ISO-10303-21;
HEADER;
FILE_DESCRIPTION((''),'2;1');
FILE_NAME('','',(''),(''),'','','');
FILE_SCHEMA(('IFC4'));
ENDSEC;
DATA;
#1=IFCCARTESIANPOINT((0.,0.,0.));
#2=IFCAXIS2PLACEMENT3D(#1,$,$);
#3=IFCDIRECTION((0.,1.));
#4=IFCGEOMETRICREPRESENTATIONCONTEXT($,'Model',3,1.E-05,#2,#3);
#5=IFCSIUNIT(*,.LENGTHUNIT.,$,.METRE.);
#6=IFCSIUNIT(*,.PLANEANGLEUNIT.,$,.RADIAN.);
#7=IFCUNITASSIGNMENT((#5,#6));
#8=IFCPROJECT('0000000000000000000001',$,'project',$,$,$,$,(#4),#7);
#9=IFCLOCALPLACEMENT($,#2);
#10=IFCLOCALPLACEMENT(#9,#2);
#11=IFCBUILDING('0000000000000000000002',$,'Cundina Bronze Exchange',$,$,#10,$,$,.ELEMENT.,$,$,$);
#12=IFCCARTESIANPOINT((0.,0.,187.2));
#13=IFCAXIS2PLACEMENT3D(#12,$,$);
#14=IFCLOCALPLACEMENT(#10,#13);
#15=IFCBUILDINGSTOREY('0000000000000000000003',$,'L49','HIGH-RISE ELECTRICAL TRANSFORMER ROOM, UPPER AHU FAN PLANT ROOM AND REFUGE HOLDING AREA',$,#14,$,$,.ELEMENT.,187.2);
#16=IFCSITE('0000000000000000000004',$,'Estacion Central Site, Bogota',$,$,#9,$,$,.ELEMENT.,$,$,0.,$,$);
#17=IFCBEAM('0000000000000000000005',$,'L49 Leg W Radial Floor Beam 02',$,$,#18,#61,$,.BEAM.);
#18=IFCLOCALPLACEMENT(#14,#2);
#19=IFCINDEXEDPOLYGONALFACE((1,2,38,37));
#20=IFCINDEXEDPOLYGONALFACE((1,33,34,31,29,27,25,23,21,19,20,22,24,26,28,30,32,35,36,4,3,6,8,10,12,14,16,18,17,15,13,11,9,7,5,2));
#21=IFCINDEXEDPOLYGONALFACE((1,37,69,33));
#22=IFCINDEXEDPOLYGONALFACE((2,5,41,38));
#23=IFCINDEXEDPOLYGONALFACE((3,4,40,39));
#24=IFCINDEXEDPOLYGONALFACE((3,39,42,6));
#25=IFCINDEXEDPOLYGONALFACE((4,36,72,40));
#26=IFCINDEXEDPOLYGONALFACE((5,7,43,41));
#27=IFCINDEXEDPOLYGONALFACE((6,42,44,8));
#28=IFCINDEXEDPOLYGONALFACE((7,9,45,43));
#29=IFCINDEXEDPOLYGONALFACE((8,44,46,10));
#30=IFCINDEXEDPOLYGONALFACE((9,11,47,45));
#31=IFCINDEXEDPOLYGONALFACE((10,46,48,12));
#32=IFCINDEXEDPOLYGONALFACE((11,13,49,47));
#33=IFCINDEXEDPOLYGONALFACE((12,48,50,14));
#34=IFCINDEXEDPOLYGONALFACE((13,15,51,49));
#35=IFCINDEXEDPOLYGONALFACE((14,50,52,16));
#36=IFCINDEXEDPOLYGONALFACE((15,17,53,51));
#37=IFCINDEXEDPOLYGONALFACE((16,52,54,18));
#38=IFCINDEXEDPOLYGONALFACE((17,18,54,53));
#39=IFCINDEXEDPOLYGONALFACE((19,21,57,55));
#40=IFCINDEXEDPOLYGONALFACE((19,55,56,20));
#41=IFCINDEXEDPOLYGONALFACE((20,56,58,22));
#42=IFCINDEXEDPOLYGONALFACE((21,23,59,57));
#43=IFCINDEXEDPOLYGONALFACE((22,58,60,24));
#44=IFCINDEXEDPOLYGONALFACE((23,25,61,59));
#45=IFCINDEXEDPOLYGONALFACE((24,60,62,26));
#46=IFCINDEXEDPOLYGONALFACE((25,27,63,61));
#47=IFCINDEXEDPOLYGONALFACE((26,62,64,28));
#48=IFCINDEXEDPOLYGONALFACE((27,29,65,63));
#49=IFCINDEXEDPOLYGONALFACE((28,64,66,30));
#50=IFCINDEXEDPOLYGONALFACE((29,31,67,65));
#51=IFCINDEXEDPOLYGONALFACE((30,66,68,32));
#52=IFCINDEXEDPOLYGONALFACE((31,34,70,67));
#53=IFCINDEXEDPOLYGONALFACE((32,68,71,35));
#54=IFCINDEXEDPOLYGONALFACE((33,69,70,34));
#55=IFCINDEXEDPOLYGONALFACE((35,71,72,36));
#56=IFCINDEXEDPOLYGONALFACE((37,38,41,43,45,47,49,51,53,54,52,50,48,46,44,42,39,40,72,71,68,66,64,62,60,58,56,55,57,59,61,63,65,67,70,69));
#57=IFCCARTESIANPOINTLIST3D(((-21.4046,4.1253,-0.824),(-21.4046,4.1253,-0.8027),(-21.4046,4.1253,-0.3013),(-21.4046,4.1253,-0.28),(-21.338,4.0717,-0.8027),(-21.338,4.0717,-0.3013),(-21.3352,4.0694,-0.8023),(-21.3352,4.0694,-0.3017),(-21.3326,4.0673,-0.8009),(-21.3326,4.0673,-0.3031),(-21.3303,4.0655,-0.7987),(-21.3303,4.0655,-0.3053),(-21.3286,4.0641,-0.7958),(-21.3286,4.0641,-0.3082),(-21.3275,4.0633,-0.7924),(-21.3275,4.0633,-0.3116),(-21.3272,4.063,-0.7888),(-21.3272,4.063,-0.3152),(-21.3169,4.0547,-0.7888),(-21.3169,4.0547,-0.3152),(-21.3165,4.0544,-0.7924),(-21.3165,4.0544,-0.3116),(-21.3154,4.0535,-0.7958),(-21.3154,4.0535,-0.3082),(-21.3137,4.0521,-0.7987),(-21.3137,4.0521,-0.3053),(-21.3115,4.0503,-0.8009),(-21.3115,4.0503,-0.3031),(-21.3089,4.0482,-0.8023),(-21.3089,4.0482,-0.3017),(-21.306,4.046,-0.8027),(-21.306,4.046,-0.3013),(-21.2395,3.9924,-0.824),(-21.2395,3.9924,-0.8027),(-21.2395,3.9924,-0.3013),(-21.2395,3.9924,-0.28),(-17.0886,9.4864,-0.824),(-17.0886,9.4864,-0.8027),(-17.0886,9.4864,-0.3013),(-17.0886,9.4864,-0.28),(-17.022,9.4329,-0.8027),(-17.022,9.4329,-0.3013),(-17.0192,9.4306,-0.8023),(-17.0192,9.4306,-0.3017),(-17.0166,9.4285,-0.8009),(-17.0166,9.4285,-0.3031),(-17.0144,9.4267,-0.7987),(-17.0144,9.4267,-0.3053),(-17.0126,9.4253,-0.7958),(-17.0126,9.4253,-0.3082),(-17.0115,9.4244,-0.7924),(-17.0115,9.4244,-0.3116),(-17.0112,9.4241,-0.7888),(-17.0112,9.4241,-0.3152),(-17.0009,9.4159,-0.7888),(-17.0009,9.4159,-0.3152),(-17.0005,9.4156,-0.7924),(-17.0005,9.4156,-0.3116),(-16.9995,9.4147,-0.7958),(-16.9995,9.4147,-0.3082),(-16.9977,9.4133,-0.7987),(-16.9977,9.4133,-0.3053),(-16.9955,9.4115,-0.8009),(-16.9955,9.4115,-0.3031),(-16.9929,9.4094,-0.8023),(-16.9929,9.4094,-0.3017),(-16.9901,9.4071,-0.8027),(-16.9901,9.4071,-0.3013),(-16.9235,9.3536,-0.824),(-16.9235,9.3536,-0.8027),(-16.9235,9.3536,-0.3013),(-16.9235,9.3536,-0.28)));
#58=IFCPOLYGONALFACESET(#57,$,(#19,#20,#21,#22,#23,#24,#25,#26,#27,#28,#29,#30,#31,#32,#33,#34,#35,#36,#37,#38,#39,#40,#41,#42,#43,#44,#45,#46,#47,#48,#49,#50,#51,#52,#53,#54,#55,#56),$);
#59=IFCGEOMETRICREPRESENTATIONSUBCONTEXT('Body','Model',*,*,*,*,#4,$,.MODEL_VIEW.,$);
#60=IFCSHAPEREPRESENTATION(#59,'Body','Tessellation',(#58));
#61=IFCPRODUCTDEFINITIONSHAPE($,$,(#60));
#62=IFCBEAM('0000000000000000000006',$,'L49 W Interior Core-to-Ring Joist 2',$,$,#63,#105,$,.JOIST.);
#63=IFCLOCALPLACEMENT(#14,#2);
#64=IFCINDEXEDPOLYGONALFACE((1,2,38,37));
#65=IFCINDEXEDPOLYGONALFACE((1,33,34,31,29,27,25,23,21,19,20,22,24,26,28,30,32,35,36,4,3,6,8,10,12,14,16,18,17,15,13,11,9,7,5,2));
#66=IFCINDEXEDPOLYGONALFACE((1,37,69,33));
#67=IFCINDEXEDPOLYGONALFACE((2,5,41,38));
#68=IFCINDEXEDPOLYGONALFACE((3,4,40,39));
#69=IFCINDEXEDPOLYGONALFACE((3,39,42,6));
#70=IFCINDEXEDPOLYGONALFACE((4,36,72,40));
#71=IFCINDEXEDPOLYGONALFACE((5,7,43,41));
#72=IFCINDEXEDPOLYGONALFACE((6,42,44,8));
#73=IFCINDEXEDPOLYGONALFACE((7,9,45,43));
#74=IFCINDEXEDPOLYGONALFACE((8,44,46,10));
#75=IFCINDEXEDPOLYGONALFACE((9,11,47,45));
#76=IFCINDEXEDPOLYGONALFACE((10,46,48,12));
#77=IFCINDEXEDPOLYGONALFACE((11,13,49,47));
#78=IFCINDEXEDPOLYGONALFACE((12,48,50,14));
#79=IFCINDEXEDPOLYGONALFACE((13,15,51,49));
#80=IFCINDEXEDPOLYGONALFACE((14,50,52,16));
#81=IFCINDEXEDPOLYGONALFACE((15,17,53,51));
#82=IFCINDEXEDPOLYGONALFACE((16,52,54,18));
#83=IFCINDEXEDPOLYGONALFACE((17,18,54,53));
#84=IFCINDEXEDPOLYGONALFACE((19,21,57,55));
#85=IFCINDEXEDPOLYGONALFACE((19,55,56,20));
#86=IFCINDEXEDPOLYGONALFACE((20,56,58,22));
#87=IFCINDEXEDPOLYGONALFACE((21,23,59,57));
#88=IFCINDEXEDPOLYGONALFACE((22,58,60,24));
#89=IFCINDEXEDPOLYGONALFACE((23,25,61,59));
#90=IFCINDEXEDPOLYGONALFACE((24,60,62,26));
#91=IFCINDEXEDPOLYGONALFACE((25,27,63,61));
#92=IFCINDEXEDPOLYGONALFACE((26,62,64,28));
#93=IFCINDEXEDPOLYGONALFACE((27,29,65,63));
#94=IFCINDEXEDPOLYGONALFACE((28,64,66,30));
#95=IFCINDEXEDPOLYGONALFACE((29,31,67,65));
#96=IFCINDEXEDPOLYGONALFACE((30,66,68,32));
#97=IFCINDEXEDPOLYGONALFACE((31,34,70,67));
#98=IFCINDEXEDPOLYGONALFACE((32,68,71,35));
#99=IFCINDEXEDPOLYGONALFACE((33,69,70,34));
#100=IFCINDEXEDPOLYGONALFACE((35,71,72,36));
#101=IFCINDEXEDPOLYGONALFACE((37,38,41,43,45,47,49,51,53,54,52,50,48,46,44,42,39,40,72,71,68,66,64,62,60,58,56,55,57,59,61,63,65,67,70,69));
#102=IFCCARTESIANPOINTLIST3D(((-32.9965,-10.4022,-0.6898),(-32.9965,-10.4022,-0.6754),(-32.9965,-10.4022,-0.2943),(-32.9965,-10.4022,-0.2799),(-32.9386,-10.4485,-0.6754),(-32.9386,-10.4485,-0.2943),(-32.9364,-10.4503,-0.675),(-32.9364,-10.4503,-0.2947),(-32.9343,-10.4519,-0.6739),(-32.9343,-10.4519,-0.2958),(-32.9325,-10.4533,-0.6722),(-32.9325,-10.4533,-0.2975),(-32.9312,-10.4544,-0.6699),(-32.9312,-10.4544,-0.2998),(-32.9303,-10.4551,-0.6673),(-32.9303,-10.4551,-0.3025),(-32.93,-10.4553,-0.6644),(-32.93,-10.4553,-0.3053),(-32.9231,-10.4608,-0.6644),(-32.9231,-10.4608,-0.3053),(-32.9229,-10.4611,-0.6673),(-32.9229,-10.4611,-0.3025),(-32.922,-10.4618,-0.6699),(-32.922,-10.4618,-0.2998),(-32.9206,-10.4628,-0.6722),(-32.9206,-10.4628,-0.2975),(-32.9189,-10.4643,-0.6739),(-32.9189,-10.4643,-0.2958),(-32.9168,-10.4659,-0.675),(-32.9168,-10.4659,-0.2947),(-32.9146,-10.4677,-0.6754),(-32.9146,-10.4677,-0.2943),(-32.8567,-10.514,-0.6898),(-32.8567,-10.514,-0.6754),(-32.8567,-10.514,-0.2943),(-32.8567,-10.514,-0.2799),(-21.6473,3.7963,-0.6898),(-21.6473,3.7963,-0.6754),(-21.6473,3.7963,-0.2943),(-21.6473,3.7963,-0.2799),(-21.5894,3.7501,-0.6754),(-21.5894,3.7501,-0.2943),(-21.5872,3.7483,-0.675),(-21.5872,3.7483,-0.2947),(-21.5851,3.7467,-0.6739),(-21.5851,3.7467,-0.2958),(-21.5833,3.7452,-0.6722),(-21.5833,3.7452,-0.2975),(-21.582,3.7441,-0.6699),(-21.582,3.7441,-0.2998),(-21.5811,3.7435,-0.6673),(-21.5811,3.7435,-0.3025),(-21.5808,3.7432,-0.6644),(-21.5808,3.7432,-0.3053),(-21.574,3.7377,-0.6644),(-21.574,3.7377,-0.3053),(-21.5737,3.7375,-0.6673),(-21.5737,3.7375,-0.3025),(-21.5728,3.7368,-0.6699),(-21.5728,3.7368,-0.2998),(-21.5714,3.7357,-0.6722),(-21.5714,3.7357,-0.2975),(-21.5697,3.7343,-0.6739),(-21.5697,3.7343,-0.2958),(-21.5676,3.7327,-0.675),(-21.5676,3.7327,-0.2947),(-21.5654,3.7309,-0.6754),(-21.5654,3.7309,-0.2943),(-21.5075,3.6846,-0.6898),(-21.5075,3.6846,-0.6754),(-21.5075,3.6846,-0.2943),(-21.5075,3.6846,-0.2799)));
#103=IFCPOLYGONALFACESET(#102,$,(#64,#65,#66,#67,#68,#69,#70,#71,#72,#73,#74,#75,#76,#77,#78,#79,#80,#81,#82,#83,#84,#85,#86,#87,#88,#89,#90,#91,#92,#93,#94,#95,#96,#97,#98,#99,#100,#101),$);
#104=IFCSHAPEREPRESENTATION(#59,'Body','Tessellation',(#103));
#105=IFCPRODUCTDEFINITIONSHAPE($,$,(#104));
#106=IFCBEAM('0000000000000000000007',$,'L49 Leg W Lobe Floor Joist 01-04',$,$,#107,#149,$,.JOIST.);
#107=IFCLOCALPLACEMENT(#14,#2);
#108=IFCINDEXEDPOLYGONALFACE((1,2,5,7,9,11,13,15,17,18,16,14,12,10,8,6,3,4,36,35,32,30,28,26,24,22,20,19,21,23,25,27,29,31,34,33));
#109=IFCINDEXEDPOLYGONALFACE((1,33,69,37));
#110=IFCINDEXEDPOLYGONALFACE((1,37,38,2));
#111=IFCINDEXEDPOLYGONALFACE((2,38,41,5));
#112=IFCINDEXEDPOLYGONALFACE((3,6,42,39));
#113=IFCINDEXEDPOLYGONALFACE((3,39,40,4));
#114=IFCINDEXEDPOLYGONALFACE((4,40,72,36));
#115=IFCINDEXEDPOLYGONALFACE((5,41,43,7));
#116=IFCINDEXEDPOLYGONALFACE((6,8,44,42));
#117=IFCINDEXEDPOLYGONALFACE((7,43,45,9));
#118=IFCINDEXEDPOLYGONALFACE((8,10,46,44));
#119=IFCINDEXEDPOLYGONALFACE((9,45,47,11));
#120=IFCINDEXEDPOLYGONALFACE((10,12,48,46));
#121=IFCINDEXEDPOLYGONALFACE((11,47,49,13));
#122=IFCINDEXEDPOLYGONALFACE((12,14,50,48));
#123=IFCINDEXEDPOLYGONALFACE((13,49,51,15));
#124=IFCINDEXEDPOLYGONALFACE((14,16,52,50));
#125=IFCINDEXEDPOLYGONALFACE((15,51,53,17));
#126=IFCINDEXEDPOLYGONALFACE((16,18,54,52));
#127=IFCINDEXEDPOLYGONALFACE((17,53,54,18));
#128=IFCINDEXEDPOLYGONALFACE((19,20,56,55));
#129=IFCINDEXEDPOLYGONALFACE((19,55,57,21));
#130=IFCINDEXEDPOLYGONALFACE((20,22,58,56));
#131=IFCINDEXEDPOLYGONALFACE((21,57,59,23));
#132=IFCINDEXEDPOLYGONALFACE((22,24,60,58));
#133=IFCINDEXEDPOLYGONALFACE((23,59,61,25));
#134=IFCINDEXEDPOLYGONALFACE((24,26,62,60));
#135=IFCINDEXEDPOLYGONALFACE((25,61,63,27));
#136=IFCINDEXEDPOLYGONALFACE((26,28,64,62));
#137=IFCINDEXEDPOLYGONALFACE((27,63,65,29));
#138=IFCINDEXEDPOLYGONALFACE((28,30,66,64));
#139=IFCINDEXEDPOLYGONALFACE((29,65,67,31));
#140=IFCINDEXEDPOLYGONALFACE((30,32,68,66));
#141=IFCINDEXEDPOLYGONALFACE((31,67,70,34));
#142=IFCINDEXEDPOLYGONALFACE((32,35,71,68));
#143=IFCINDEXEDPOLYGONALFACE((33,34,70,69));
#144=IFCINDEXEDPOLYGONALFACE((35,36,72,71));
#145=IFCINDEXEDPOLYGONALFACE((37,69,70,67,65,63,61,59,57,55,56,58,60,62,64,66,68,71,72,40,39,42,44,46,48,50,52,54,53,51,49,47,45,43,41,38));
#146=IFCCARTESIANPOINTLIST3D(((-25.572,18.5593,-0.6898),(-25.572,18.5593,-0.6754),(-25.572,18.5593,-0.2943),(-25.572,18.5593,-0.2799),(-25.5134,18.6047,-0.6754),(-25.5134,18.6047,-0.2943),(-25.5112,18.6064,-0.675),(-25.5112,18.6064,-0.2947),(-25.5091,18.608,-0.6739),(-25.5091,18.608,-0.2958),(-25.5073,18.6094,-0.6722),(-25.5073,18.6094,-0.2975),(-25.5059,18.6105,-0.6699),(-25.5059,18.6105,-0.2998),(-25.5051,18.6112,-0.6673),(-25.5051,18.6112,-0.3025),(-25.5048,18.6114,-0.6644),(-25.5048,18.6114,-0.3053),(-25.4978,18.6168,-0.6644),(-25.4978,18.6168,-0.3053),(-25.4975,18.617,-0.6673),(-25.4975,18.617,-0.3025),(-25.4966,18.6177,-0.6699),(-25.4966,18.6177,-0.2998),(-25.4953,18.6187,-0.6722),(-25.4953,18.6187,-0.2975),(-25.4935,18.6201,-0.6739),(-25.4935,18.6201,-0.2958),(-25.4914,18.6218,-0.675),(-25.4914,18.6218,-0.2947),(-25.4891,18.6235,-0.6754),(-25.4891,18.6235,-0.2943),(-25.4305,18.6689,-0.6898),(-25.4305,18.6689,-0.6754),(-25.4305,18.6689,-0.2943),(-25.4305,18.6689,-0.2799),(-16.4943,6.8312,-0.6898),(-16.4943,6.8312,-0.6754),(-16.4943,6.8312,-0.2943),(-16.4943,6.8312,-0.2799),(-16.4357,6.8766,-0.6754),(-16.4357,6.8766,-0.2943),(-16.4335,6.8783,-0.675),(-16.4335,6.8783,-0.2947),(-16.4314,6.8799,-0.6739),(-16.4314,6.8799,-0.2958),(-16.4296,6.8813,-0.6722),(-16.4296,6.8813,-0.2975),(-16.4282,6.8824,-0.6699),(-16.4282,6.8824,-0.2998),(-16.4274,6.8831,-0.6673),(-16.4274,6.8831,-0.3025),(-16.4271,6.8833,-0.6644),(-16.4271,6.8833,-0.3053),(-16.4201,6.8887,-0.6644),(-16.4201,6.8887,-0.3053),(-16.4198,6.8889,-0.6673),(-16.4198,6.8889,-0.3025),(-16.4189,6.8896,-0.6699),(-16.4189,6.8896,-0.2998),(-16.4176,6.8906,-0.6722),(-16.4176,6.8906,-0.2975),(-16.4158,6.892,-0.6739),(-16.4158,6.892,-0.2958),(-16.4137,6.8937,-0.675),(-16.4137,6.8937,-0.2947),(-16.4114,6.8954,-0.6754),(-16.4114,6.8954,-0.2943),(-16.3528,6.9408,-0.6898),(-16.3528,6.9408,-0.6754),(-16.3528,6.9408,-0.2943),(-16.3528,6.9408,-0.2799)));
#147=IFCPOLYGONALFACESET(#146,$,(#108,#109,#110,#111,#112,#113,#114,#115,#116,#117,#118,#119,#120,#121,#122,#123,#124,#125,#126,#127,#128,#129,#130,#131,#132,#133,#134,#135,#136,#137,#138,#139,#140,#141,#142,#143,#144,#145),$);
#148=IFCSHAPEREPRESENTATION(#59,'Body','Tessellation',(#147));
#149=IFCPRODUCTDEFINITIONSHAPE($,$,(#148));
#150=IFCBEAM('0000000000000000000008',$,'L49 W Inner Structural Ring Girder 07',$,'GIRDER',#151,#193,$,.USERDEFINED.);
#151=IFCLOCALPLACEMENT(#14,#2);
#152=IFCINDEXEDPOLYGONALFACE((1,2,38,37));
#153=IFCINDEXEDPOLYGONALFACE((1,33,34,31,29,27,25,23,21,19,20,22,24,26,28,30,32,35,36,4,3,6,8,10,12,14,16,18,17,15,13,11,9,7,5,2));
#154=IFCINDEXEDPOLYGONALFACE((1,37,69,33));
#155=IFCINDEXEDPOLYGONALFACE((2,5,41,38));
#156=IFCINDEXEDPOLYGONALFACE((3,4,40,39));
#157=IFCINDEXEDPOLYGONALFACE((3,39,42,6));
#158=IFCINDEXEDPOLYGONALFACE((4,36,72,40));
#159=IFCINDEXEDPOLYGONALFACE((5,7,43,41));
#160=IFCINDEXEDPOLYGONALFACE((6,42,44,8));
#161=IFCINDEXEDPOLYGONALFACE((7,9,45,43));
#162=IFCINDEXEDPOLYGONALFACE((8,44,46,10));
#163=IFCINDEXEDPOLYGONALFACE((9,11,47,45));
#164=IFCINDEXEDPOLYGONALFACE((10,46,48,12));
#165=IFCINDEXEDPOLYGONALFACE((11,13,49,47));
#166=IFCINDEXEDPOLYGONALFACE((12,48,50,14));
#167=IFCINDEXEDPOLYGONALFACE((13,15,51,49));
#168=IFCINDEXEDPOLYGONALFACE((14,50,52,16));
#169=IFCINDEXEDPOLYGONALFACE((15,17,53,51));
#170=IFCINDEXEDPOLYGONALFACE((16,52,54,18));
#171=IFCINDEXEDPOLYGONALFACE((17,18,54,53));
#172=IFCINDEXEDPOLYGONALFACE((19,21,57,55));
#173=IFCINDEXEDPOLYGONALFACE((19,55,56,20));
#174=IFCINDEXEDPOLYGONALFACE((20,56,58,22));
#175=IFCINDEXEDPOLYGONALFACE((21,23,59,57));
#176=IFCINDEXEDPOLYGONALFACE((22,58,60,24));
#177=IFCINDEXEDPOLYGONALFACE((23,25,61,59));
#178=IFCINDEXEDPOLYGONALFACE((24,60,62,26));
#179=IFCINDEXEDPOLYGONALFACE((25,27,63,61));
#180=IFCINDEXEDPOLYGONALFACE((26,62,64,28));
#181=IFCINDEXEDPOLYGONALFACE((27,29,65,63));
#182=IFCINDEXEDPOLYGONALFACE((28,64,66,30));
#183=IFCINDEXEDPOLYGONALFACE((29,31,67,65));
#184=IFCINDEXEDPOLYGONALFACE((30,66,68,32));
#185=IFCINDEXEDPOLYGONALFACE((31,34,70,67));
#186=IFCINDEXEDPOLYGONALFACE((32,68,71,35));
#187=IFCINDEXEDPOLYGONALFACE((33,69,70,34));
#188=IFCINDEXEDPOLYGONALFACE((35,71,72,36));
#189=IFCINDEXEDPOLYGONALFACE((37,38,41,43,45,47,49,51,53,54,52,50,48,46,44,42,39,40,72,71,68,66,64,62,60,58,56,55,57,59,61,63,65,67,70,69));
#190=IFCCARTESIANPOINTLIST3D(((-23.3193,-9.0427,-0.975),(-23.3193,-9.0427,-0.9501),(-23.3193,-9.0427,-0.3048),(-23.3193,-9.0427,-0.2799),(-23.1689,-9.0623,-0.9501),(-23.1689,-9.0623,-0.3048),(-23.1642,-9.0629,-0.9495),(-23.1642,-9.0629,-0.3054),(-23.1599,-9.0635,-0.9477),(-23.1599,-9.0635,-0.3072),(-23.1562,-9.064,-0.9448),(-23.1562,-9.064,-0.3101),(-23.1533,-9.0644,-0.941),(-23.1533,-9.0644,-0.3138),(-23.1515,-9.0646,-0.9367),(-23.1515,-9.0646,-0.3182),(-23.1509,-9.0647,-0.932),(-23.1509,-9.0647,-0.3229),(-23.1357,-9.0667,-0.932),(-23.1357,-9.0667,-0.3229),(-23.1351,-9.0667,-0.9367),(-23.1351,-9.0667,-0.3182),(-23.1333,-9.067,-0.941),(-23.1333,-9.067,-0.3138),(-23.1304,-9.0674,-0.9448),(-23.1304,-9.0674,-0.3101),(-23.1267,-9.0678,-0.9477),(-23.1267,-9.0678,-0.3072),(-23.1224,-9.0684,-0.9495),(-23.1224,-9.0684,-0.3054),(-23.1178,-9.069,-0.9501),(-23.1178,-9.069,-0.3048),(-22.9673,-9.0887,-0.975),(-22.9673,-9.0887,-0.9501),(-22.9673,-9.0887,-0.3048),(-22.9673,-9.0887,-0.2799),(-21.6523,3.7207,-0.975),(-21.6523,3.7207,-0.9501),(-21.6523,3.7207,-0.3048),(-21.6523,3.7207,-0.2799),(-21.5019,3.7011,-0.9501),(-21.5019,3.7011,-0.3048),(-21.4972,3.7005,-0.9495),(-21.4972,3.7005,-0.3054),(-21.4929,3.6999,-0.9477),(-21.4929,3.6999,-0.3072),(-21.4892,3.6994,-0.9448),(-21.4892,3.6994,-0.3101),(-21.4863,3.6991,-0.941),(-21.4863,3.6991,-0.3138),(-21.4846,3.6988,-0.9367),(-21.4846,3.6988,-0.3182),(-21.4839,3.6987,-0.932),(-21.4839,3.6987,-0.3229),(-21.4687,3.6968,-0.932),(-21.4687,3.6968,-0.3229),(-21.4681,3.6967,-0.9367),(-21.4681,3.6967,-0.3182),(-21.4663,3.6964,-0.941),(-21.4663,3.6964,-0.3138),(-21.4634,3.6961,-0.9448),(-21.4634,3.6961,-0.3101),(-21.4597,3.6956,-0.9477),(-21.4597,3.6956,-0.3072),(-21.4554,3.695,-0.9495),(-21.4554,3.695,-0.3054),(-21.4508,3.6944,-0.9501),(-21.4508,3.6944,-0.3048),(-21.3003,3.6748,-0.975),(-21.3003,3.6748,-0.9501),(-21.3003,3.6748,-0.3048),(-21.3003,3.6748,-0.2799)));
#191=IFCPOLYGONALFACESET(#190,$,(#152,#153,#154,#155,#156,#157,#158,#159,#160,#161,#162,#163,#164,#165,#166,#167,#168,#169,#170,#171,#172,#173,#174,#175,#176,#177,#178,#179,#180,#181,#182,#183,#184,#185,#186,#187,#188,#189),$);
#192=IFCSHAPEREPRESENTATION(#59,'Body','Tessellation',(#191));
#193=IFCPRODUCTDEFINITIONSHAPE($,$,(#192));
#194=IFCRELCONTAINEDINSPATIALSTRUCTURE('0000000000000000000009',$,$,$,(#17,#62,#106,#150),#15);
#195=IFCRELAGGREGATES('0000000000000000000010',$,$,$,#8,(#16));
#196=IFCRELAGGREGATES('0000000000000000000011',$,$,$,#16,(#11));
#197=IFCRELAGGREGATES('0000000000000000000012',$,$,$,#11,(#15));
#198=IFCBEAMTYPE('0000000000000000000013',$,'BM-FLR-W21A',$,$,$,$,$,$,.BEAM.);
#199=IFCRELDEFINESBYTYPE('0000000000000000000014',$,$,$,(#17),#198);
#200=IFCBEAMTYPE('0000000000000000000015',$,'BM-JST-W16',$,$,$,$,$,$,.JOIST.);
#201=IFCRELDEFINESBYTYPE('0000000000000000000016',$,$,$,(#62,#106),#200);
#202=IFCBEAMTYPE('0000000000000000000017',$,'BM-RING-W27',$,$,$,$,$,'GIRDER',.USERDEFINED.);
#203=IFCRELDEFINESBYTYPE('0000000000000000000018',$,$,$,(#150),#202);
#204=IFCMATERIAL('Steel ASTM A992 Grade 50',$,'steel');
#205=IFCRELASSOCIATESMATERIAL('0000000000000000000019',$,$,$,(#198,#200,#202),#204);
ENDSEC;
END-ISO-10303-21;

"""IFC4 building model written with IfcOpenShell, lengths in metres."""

from ifc_helpers import new_model, si_unit, direction, frame, origin, origin_2d, place, context, subcontext, project, spatial, i_section, extrude, material, material_profile, profile_set, type_object, element, save


model = new_model("IFC4")

# Units and contexts
model_context = context("Model", 3, precision=1e-05, world=origin(), true_north=direction((0.0, 1.0)))
body_context = subcontext(model_context, "Body", "Model", "MODEL_VIEW")
ifc_project = project(units=[si_unit("LENGTHUNIT", "METRE"), si_unit("PLANEANGLEUNIT", "RADIAN")], contexts=[model_context])

# Site, building, storey
site_placement = place(None, origin())
site = spatial("IfcSite", under=ifc_project, at=site_placement, Name="Estacion Central Site, Bogota", CompositionType="ELEMENT", RefElevation=0.0)
building_placement = place(site_placement, origin())
building = spatial("IfcBuilding", under=site, at=building_placement, Name="Cundina Bronze Exchange", CompositionType="ELEMENT")
storey_placement = place(building_placement, frame((0.0, 0.0, 187.2)))
storey = spatial("IfcBuildingStorey", under=building, at=storey_placement, Name="L49", Description="HIGH-RISE ELECTRICAL TRANSFORMER ROOM, UPPER AHU FAN PLANT ROOM AND REFUGE HOLDING AREA", CompositionType="ELEMENT", Elevation=187.2)

# Shared definitions
ifc_material_1 = material(Name="Steel ASTM A992 Grade 50", Category="steel")

# Beams
ifc_material_profile_1 = material_profile(ifc_material_1, i_section(OverallWidth=0.2119, OverallDepth=0.5439, WebThickness=0.0132, FlangeThickness=0.0212, FilletRadius=0.0139, at=origin_2d()), Name="W21X83", Category="steel")
ifc_profile_set_1 = profile_set([ifc_material_profile_1], Name="Steel ASTM A992 Grade 50")
beam_type_1 = type_object("IfcBeamType", Name="BM-FLR-W21A", PredefinedType="BEAM", material=ifc_profile_set_1)
beam_1_placement = place(storey_placement, frame((-21.322, 4.0588, -0.552), z_axis=(0.627089, 0.778948, 0.0), x_axis=(-0.778948, 0.627089, 0.0)))
element("IfcBeam", 1, at=beam_1_placement, inside=storey, type_object=beam_type_1, Name="L49 Leg W Radial Floor Beam 02", PredefinedType="BEAM", context=body_context, shape_type="SweptSolid", body=[
    extrude(i_section(OverallWidth=0.2119, OverallDepth=0.5439, WebThickness=0.0132, FlangeThickness=0.0212, FilletRadius=0.0139, at=origin_2d()), origin(), (0.0, 0.0, 1.0), 6.8826),
])
ifc_material_profile_2 = material_profile(ifc_material_1, i_section(OverallWidth=0.179, OverallDepth=0.4099, WebThickness=0.0088, FlangeThickness=0.0144, FilletRadius=0.011, at=origin_2d()), Name="W16X45", Category="steel")
ifc_profile_set_2 = profile_set([ifc_material_profile_2], Name="Steel ASTM A992 Grade 50")
beam_type_2 = type_object("IfcBeamType", Name="BM-JST-W16", PredefinedType="JOIST", material=ifc_profile_set_2)
beam_2_placement = place(storey_placement, frame((-21.5774, 3.7405, -0.4849), z_axis=(-0.624371, -0.781128, 0.0), x_axis=(0.781128, -0.624371, 0.0)))
element("IfcBeam", 2, at=beam_2_placement, inside=storey, type_object=beam_type_2, Name="L49 W Interior Core-to-Ring Joist 2", PredefinedType="JOIST", context=body_context, shape_type="SweptSolid", body=[
    extrude(i_section(OverallWidth=0.179, OverallDepth=0.4099, WebThickness=0.0088, FlangeThickness=0.0144, FilletRadius=0.011, at=origin_2d()), origin(), (0.0, 0.0, 1.0), 18.177),
])
beam_3_placement = place(storey_placement, frame((-16.4236, 6.886, -0.4849), z_axis=(-0.612084, 0.790793, 0.0), x_axis=(-0.790793, -0.612084, 0.0)))
element("IfcBeam", 3, at=beam_3_placement, inside=storey, type_object=beam_type_2, Name="L49 Leg W Lobe Floor Joist 01-04", PredefinedType="JOIST", context=body_context, shape_type="SweptSolid", body=[
    extrude(i_section(OverallWidth=0.179, OverallDepth=0.4099, WebThickness=0.0088, FlangeThickness=0.0144, FilletRadius=0.011, at=origin_2d()), origin(), (0.0, 0.0, 1.0), 14.8308),
])
ifc_material_profile_3 = material_profile(ifc_material_1, i_section(OverallWidth=0.355, OverallDepth=0.6951, WebThickness=0.0154, FlangeThickness=0.0249, FilletRadius=0.0181, at=origin_2d()), Name="W27X146", Category="steel")
ifc_profile_set_3 = profile_set([ifc_material_profile_3], Name="Steel ASTM A992 Grade 50")
beam_type_3 = type_object("IfcBeamType", Name="BM-RING-W27", ElementType="GIRDER", PredefinedType="USERDEFINED", material=ifc_profile_set_3)
beam_4_placement = place(storey_placement, frame((-23.1433, -9.0657, -0.6274), z_axis=(0.129507, 0.991579, 0.0), x_axis=(-0.991579, 0.129507, 0.0)))
element("IfcBeam", 4, at=beam_4_placement, inside=storey, type_object=beam_type_3, Name="L49 W Inner Structural Ring Girder 07", ObjectType="GIRDER", PredefinedType="USERDEFINED", context=body_context, shape_type="SweptSolid", body=[
    extrude(i_section(OverallWidth=0.355, OverallDepth=0.6951, WebThickness=0.0154, FlangeThickness=0.0249, FilletRadius=0.0181, at=origin_2d()), origin(), (0.0, 0.0, 1.0), 12.8718),
])

save(model, "model.ifc")
